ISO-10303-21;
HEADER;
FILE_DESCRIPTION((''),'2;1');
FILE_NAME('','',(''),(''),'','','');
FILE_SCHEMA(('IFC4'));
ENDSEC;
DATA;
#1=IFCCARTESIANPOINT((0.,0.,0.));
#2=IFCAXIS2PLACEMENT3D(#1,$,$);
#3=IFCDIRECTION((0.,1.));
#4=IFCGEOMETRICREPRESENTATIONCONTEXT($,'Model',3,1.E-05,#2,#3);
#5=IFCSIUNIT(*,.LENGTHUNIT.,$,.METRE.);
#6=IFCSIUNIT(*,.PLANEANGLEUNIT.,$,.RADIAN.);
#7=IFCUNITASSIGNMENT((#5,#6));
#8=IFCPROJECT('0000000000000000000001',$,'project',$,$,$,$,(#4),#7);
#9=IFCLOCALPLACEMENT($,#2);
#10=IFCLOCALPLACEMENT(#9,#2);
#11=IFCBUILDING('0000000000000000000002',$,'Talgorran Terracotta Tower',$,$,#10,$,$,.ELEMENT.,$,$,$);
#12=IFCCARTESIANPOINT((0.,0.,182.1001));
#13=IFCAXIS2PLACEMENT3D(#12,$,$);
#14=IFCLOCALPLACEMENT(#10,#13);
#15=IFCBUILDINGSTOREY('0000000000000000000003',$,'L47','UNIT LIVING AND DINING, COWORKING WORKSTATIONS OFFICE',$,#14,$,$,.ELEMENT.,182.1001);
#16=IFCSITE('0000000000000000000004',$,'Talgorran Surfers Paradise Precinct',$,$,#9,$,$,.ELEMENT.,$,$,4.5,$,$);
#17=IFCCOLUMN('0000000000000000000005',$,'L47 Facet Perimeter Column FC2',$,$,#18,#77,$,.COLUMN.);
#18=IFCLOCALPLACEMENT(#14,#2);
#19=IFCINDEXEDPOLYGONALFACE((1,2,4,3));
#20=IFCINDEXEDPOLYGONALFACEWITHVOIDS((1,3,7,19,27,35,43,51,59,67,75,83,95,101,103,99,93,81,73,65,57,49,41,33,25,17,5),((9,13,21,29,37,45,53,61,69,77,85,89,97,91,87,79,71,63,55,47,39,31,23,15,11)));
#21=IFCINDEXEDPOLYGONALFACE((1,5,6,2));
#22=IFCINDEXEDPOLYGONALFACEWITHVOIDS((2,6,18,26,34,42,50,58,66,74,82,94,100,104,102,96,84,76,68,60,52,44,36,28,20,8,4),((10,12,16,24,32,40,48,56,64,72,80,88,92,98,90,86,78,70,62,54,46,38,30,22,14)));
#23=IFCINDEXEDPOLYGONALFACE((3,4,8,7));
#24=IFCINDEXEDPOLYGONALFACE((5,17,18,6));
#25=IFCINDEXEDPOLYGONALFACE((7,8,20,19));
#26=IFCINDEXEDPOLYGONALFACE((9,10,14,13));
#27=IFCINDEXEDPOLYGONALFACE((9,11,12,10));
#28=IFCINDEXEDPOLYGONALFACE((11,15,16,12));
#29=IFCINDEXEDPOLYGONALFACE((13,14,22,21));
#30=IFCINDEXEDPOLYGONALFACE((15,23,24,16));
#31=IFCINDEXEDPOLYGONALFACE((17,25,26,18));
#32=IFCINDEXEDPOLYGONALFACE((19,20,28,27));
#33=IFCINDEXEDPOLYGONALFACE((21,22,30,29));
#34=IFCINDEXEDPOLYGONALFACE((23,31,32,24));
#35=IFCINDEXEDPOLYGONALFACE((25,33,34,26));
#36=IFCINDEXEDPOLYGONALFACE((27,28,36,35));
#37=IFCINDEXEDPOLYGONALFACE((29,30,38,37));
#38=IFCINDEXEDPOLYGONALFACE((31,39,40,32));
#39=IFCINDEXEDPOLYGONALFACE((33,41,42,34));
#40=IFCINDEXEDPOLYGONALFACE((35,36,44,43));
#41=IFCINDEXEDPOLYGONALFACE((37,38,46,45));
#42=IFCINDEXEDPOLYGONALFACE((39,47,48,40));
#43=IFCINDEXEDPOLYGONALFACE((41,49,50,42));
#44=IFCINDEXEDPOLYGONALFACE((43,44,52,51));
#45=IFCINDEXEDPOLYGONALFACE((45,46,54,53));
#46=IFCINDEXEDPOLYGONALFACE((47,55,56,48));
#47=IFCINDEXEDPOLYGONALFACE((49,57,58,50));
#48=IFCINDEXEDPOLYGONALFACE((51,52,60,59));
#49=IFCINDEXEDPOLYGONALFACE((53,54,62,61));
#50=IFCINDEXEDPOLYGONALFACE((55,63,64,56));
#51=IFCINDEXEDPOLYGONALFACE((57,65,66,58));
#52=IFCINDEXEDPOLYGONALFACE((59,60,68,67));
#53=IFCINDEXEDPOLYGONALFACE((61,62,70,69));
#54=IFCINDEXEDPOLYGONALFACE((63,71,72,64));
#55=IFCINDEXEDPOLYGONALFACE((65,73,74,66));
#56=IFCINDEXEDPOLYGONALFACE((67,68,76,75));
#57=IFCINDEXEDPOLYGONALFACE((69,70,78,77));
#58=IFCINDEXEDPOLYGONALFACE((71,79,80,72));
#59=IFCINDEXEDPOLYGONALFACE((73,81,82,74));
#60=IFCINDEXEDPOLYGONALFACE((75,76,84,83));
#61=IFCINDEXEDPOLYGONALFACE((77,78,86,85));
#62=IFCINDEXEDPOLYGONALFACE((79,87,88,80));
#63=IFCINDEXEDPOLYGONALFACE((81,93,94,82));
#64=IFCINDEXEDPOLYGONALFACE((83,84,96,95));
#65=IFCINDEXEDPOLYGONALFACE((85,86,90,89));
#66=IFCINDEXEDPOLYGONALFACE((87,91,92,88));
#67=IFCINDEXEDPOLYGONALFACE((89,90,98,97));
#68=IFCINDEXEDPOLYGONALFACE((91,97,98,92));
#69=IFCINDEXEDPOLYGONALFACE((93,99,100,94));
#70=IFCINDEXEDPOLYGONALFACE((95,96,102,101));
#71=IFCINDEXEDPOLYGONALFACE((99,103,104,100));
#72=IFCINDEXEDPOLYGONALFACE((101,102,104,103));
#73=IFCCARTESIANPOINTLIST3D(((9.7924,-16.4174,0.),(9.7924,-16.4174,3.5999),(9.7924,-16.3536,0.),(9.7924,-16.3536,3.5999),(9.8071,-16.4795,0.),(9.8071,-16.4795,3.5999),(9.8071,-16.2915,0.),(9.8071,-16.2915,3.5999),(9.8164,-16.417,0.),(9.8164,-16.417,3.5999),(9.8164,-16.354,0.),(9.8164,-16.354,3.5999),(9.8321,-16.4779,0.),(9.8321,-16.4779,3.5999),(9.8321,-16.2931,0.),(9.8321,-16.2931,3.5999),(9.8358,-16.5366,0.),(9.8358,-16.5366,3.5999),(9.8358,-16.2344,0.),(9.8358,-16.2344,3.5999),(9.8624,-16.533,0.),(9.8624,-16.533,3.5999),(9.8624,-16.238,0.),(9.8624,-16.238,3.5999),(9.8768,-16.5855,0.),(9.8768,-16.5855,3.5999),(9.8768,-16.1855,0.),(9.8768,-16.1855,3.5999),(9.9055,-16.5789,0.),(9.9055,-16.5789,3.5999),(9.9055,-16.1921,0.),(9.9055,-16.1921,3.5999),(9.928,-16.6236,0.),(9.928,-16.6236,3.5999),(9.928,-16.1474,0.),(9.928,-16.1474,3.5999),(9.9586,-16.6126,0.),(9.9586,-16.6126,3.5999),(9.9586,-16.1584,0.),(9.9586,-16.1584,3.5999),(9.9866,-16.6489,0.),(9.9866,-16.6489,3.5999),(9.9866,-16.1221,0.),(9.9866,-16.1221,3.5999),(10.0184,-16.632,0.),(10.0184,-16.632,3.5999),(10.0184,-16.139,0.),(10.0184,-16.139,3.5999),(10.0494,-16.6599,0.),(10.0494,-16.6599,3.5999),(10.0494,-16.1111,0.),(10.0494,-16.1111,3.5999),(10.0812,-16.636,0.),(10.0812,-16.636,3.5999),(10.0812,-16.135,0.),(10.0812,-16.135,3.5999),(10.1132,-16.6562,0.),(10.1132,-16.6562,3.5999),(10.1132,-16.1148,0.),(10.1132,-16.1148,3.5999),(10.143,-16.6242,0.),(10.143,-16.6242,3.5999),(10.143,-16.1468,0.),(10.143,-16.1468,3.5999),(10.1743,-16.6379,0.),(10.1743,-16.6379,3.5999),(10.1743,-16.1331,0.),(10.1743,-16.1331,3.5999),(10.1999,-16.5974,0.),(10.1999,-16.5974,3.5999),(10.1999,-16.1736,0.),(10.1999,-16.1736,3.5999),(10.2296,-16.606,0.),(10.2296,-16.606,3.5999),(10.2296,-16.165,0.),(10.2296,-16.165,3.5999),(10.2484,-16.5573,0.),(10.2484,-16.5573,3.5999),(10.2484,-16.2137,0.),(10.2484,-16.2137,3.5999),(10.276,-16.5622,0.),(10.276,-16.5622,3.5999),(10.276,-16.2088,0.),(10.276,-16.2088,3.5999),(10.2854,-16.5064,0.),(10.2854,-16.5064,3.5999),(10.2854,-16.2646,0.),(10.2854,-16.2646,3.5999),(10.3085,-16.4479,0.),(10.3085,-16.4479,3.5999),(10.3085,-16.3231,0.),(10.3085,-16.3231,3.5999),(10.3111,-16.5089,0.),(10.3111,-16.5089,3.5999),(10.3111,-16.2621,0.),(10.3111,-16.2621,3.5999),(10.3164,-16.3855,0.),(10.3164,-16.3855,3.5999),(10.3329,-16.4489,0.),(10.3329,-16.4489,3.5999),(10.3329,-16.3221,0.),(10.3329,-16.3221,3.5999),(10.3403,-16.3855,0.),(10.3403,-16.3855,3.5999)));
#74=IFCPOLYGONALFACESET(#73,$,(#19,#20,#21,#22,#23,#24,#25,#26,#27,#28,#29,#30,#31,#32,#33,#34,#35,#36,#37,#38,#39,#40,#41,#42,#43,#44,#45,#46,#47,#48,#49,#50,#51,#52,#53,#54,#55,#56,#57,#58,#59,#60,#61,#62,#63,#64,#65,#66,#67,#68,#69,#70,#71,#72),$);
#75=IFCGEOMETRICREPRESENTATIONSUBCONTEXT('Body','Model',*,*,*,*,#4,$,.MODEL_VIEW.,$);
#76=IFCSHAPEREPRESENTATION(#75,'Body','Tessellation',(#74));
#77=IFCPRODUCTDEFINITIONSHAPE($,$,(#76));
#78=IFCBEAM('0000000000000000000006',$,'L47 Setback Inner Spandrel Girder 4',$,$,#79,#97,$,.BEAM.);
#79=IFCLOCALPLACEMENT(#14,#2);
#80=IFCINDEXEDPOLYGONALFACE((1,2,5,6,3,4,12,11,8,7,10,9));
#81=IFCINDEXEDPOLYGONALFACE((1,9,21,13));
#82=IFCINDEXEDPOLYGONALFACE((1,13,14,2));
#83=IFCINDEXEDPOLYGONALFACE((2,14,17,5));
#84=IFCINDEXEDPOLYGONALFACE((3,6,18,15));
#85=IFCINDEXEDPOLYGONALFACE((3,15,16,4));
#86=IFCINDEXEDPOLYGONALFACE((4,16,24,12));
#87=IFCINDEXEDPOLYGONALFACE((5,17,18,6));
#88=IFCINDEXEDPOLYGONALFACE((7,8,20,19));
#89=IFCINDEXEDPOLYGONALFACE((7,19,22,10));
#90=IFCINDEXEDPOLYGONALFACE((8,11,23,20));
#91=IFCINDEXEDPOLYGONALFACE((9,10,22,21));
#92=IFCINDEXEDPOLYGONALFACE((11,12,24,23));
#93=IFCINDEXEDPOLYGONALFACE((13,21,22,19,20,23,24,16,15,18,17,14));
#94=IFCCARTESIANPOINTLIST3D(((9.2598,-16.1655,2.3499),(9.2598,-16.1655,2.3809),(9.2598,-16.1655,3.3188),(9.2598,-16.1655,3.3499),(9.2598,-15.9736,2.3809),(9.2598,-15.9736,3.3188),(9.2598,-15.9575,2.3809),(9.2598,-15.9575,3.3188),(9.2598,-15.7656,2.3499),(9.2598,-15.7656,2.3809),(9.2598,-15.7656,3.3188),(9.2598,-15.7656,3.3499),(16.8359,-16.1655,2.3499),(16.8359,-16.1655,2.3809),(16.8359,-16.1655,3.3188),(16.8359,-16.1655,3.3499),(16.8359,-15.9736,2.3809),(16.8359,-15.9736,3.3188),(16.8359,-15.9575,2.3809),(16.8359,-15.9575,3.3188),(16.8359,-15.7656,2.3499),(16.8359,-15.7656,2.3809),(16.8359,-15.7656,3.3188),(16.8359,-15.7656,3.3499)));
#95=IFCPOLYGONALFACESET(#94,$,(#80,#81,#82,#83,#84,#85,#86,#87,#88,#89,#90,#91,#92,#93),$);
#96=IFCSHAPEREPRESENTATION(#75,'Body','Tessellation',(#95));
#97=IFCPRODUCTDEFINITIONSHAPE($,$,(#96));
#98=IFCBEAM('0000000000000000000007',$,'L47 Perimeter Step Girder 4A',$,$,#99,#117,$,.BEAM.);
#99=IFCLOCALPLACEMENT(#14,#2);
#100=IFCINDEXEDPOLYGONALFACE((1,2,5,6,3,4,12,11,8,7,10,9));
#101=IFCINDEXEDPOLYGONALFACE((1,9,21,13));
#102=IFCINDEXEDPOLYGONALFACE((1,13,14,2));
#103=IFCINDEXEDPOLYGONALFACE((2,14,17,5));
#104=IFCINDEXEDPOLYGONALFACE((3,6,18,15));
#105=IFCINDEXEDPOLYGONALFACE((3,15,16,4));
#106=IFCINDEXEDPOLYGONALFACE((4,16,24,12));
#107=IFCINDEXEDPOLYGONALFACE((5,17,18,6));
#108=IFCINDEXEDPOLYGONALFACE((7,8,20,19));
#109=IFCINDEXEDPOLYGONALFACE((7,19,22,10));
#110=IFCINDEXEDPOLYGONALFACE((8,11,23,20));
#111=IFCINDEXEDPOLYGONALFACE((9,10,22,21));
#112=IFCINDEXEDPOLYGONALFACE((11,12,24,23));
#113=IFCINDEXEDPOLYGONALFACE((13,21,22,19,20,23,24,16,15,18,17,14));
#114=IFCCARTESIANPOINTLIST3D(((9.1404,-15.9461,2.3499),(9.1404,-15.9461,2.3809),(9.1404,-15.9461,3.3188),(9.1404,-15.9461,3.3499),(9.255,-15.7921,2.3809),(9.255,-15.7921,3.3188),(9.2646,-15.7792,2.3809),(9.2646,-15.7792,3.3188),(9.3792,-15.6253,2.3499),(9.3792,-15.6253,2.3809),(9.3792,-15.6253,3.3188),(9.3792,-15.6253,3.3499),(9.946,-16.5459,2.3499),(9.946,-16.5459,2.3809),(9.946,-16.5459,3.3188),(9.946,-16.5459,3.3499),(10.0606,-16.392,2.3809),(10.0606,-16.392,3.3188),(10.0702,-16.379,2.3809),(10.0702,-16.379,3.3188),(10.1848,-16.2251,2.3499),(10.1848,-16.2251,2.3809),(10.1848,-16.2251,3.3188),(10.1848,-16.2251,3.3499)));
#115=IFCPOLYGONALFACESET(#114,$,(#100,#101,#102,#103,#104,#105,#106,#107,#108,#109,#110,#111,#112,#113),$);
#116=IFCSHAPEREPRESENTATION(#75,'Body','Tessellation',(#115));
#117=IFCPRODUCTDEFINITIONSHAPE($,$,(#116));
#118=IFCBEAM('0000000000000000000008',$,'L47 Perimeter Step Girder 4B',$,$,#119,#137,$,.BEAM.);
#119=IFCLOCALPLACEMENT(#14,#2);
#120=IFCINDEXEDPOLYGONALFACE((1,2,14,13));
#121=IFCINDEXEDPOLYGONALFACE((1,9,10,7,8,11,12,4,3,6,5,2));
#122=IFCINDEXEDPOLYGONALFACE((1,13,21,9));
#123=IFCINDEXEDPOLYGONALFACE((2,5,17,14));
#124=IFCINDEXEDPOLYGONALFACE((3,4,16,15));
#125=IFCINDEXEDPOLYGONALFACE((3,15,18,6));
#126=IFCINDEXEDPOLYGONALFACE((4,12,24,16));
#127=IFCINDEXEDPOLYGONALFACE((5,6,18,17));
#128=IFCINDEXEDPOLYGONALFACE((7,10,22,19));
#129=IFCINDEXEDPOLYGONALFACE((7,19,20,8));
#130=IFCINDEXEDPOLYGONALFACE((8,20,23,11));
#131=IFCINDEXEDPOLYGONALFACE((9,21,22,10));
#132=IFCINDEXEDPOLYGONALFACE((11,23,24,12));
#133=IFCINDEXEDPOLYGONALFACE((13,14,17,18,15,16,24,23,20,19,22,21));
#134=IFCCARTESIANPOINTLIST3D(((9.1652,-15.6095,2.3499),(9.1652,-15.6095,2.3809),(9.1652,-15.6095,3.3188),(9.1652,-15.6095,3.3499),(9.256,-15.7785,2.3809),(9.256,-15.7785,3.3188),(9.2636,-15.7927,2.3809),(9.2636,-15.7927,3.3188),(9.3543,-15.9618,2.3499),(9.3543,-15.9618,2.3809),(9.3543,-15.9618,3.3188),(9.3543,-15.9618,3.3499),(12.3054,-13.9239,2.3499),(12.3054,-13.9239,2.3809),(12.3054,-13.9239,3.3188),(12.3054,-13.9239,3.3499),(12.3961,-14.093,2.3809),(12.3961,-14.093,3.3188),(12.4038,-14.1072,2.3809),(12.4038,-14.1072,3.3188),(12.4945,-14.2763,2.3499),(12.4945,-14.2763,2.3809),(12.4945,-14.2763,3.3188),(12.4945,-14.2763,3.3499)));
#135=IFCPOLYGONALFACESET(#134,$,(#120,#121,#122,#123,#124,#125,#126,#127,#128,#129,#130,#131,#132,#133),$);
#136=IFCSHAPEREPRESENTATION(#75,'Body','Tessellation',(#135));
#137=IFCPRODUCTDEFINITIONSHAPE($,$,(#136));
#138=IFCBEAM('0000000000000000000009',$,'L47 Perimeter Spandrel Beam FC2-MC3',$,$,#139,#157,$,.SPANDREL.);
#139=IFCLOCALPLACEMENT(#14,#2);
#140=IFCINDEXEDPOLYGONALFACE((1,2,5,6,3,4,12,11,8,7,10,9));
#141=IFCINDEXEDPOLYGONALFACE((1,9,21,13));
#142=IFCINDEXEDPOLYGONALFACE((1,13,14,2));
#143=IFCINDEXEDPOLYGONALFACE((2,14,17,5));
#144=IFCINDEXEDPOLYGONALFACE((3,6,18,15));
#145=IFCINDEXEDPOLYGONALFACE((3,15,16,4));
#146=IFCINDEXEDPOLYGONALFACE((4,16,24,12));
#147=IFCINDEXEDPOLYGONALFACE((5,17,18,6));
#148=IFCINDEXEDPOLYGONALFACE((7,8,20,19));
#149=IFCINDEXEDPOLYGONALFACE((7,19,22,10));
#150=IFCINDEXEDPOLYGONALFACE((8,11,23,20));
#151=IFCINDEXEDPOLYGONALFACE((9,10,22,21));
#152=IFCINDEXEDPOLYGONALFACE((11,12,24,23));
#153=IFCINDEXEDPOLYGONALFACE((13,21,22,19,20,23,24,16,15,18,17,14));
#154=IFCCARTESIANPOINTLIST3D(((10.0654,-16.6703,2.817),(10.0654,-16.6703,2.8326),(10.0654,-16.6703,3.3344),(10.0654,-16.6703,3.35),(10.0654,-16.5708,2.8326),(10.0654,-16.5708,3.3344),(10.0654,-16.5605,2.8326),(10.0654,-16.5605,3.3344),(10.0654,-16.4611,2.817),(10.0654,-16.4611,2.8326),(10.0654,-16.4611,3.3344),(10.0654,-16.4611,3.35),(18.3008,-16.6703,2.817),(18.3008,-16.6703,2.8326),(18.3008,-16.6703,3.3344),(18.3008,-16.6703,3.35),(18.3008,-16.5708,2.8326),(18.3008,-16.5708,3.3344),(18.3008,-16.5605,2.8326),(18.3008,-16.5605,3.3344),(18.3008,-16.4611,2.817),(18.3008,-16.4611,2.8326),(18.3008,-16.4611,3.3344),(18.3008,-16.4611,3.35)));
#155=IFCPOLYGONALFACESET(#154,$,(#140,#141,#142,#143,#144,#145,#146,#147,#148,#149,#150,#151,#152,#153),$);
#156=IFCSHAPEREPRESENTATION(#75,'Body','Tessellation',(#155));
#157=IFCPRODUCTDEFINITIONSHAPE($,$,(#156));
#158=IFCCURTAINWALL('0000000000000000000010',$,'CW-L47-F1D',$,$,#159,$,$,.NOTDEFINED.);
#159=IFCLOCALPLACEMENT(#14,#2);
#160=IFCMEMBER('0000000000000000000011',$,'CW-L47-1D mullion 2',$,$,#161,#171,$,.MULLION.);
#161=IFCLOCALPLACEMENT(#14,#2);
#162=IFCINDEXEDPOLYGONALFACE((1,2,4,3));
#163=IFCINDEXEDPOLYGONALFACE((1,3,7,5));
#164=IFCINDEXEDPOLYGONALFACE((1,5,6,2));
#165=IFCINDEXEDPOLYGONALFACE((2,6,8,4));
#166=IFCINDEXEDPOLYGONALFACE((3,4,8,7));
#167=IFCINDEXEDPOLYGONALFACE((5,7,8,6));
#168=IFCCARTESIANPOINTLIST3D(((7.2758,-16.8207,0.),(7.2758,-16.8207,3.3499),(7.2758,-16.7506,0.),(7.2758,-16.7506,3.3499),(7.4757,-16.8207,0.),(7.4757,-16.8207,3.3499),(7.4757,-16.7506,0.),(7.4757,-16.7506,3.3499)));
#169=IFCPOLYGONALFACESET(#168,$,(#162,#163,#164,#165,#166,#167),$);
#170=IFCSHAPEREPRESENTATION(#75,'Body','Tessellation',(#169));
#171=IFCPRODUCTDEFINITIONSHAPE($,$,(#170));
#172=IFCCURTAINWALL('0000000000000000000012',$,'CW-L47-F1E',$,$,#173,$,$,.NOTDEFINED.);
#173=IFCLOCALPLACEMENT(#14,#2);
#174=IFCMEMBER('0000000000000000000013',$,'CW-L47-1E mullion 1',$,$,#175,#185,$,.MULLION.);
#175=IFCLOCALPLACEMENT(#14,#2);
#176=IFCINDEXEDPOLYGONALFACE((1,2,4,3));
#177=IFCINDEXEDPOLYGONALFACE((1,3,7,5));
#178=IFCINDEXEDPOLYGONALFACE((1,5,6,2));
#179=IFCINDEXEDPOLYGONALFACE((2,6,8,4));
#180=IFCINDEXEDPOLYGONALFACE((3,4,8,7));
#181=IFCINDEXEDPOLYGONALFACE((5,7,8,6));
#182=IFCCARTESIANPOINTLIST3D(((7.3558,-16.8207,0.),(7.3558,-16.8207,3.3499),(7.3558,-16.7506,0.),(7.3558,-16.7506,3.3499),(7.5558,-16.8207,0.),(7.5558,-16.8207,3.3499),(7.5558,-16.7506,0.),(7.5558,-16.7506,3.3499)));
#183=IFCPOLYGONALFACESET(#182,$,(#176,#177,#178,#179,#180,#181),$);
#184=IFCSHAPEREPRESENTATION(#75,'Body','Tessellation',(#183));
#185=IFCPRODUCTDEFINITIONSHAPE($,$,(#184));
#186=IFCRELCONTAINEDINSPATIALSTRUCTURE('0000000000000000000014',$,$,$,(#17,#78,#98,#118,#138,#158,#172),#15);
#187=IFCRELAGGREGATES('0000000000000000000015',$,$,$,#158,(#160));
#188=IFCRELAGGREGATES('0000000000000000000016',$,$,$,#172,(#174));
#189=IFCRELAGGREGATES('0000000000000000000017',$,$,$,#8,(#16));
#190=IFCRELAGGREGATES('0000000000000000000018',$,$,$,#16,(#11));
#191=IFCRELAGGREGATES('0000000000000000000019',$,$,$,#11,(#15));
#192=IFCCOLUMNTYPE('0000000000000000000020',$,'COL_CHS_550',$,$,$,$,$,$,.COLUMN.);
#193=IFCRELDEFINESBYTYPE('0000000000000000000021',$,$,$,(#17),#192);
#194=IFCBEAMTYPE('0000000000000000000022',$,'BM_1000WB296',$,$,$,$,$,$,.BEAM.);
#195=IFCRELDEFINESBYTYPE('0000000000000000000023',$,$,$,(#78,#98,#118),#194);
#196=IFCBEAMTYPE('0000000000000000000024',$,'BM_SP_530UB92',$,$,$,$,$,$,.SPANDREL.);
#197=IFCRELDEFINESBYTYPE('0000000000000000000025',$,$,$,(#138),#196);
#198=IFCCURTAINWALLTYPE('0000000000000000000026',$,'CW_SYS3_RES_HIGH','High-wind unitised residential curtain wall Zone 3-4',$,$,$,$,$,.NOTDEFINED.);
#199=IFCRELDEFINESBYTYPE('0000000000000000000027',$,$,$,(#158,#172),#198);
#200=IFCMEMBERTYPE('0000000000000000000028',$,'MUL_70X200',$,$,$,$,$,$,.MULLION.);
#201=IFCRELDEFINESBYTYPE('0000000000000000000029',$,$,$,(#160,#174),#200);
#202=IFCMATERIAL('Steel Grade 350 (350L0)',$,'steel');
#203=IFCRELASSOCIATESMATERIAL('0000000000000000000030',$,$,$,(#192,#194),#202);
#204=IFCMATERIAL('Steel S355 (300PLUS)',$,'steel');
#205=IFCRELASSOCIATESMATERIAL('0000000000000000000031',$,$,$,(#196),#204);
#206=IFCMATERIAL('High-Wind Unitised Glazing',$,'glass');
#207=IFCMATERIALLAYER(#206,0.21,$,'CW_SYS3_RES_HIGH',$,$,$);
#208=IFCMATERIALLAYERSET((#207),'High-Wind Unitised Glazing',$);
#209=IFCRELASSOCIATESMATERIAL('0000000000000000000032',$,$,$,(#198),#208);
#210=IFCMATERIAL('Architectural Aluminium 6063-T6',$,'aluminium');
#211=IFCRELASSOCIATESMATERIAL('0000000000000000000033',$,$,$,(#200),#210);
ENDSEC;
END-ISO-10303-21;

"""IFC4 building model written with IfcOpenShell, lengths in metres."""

from ifc_helpers import new_model, si_unit, direction, frame, origin, origin_2d, place, context, subcontext, project, spatial, rectangle, hollow_circle, i_section, extrude, material, layer, layer_set, material_profile, profile_set, type_object, element, aggregate, save


model = new_model("IFC4")

# Units and contexts
model_context = context("Model", 3, precision=1e-05, world=origin(), true_north=direction((0.0, 1.0)))
body_context = subcontext(model_context, "Body", "Model", "MODEL_VIEW")
ifc_project = project(units=[si_unit("LENGTHUNIT", "METRE"), si_unit("PLANEANGLEUNIT", "RADIAN")], contexts=[model_context])

# Site, building, storey
site_placement = place(None, origin())
site = spatial("IfcSite", under=ifc_project, at=site_placement, Name="Talgorran Surfers Paradise Precinct", CompositionType="ELEMENT", RefElevation=4.5)
building_placement = place(site_placement, origin())
building = spatial("IfcBuilding", under=site, at=building_placement, Name="Talgorran Terracotta Tower", CompositionType="ELEMENT")
storey_placement = place(building_placement, frame((0.0, 0.0, 182.1001)))
storey = spatial("IfcBuildingStorey", under=building, at=storey_placement, Name="L47", Description="UNIT LIVING AND DINING, COWORKING WORKSTATIONS OFFICE", CompositionType="ELEMENT", Elevation=182.1001)

# Column
ifc_material_1 = material(Name="Steel Grade 350 (350L0)", Category="steel")
ifc_material_profile_1 = material_profile(ifc_material_1, hollow_circle(Radius=0.2749, WallThickness=0.0239, at=origin_2d()), Name="CHS550X24")
ifc_profile_set_1 = profile_set([ifc_material_profile_1], Name="Steel Grade 350 (350L0)")
column_type = type_object("IfcColumnType", Name="COL_CHS_550", PredefinedType="COLUMN", material=ifc_profile_set_1)
column_placement = place(storey_placement, frame((10.0654, -16.3855, 0.0), z_axis=(0.0, 0.0, 1.0), x_axis=(1.0, 0.0, 0.0)))
element("IfcColumn", 1, at=column_placement, inside=storey, type_object=column_type, Name="L47 Facet Perimeter Column FC2", PredefinedType="COLUMN", context=body_context, shape_type="SweptSolid", body=[
    extrude(hollow_circle(Radius=0.2749, WallThickness=0.0239, at=origin_2d()), origin(), (0.0, 0.0, 1.0), 3.5999),
])

# Beams
ifc_material_profile_2 = material_profile(ifc_material_1, i_section(OverallWidth=0.3999, OverallDepth=1.0, WebThickness=0.0161, FlangeThickness=0.031, at=origin_2d()), Name="1000WB296")
ifc_profile_set_2 = profile_set([ifc_material_profile_2], Name="Steel Grade 350 (350L0)")
beam_type_1 = type_object("IfcBeamType", Name="BM_1000WB296", PredefinedType="BEAM", material=ifc_profile_set_2)
beam_1_placement = place(storey_placement, frame((9.2598, -15.9656, 2.8499), z_axis=(1.0, 0.0, 0.0), x_axis=(0.0, 1.0, 0.0)))
element("IfcBeam", 2, at=beam_1_placement, inside=storey, type_object=beam_type_1, Name="L47 Setback Inner Spandrel Girder 4", PredefinedType="BEAM", context=body_context, shape_type="SweptSolid", body=[
    extrude(i_section(OverallWidth=0.3999, OverallDepth=1.0, WebThickness=0.0161, FlangeThickness=0.031, at=origin_2d()), origin(), (0.0, 0.0, 1.0), 7.5762),
])
beam_2_placement = place(storey_placement, frame((10.0654, -16.3855, 2.8499), z_axis=(-0.802095, 0.597196, 0.0), x_axis=(-0.597196, -0.802095, 0.0)))
element("IfcBeam", 3, at=beam_2_placement, inside=storey, type_object=beam_type_1, Name="L47 Perimeter Step Girder 4A", PredefinedType="BEAM", context=body_context, shape_type="SweptSolid", body=[
    extrude(i_section(OverallWidth=0.3999, OverallDepth=1.0, WebThickness=0.0161, FlangeThickness=0.031, at=origin_2d()), origin(), (0.0, 0.0, 1.0), 1.0044),
])
beam_3_placement = place(storey_placement, frame((9.2598, -15.7856, 2.8499), z_axis=(0.881091, 0.472947, 0.0), x_axis=(-0.472947, 0.881091, 0.0)))
element("IfcBeam", 4, at=beam_3_placement, inside=storey, type_object=beam_type_1, Name="L47 Perimeter Step Girder 4B", PredefinedType="BEAM", context=body_context, shape_type="SweptSolid", body=[
    extrude(i_section(OverallWidth=0.3999, OverallDepth=1.0, WebThickness=0.0161, FlangeThickness=0.031, at=origin_2d()), origin(), (0.0, 0.0, 1.0), 3.564),
])
ifc_material_2 = material(Name="Steel S355 (300PLUS)", Category="steel")
ifc_material_profile_3 = material_profile(ifc_material_2, i_section(OverallWidth=0.2092, OverallDepth=0.533, WebThickness=0.0103, FlangeThickness=0.0156, at=origin_2d()), Name="530UB92.4")
ifc_profile_set_3 = profile_set([ifc_material_profile_3], Name="Steel S355 (300PLUS)")
beam_type_2 = type_object("IfcBeamType", Name="BM_SP_530UB92", PredefinedType="SPANDREL", material=ifc_profile_set_3)
beam_4_placement = place(storey_placement, frame((10.0654, -16.5657, 3.0835), z_axis=(1.0, 0.0, 0.0), x_axis=(0.0, 1.0, 0.0)))
element("IfcBeam", 5, at=beam_4_placement, inside=storey, type_object=beam_type_2, Name="L47 Perimeter Spandrel Beam FC2-MC3", PredefinedType="SPANDREL", context=body_context, shape_type="SweptSolid", body=[
    extrude(i_section(OverallWidth=0.2092, OverallDepth=0.533, WebThickness=0.0103, FlangeThickness=0.0156, at=origin_2d()), origin(), (0.0, 0.0, 1.0), 8.2354),
])

# Curtain wall, member
ifc_material_3 = material(Name="High-Wind Unitised Glazing", Category="glass")
ifc_layer_1 = layer(ifc_material_3, 0.21, Name="CW_SYS3_RES_HIGH")
ifc_layer_set_1 = layer_set([ifc_layer_1], Name="High-Wind Unitised Glazing")
curtain_wall_type = type_object("IfcCurtainWallType", Name="CW_SYS3_RES_HIGH", Description="High-wind unitised residential curtain wall Zone 3-4", PredefinedType="NOTDEFINED", material=ifc_layer_set_1)
curtain_wall_1_placement = place(storey_placement, origin())
curtain_wall_1 = element("IfcCurtainWall", 6, at=curtain_wall_1_placement, inside=storey, type_object=curtain_wall_type, Name="CW-L47-F1D", PredefinedType="NOTDEFINED")
ifc_material_4 = material(Name="Architectural Aluminium 6063-T6", Category="aluminium")
ifc_material_profile_4 = material_profile(ifc_material_4, rectangle(XDim=0.0701, YDim=0.2, at=origin_2d()), Name="CWM70X200")
ifc_profile_set_4 = profile_set([ifc_material_profile_4], Name="Architectural Aluminium 6063-T6")
member_type_1 = type_object("IfcMemberType", Name="MUL_70X200", PredefinedType="MULLION", material=ifc_profile_set_4)
member_1_placement = place(storey_placement, frame((7.3757, -16.7856, 0.0), z_axis=(0.0, 0.0, 1.0), x_axis=(0.0, 1.0, 0.0)))
member_1 = element("IfcMember", 7, at=member_1_placement, type_object=member_type_1, Name="CW-L47-1D mullion 2", PredefinedType="MULLION", context=body_context, shape_type="SweptSolid", body=[
    extrude(rectangle(XDim=0.0701, YDim=0.2, at=origin_2d()), origin(), (0.0, 0.0, 1.0), 3.3499),
])
aggregate(curtain_wall_1, [member_1])

# Curtain wall, member
curtain_wall_2_placement = place(storey_placement, origin())
curtain_wall_2 = element("IfcCurtainWall", 8, at=curtain_wall_2_placement, inside=storey, type_object=curtain_wall_type, Name="CW-L47-F1E", PredefinedType="NOTDEFINED")
member_2_placement = place(storey_placement, frame((7.4558, -16.7856, 0.0), z_axis=(0.0, 0.0, 1.0), x_axis=(0.0, 1.0, 0.0)))
member_2 = element("IfcMember", 9, at=member_2_placement, type_object=member_type_1, Name="CW-L47-1E mullion 1", PredefinedType="MULLION", context=body_context, shape_type="SweptSolid", body=[
    extrude(rectangle(XDim=0.0701, YDim=0.2, at=origin_2d()), origin(), (0.0, 0.0, 1.0), 3.3499),
])
aggregate(curtain_wall_2, [member_2])

save(model, "model.ifc")
